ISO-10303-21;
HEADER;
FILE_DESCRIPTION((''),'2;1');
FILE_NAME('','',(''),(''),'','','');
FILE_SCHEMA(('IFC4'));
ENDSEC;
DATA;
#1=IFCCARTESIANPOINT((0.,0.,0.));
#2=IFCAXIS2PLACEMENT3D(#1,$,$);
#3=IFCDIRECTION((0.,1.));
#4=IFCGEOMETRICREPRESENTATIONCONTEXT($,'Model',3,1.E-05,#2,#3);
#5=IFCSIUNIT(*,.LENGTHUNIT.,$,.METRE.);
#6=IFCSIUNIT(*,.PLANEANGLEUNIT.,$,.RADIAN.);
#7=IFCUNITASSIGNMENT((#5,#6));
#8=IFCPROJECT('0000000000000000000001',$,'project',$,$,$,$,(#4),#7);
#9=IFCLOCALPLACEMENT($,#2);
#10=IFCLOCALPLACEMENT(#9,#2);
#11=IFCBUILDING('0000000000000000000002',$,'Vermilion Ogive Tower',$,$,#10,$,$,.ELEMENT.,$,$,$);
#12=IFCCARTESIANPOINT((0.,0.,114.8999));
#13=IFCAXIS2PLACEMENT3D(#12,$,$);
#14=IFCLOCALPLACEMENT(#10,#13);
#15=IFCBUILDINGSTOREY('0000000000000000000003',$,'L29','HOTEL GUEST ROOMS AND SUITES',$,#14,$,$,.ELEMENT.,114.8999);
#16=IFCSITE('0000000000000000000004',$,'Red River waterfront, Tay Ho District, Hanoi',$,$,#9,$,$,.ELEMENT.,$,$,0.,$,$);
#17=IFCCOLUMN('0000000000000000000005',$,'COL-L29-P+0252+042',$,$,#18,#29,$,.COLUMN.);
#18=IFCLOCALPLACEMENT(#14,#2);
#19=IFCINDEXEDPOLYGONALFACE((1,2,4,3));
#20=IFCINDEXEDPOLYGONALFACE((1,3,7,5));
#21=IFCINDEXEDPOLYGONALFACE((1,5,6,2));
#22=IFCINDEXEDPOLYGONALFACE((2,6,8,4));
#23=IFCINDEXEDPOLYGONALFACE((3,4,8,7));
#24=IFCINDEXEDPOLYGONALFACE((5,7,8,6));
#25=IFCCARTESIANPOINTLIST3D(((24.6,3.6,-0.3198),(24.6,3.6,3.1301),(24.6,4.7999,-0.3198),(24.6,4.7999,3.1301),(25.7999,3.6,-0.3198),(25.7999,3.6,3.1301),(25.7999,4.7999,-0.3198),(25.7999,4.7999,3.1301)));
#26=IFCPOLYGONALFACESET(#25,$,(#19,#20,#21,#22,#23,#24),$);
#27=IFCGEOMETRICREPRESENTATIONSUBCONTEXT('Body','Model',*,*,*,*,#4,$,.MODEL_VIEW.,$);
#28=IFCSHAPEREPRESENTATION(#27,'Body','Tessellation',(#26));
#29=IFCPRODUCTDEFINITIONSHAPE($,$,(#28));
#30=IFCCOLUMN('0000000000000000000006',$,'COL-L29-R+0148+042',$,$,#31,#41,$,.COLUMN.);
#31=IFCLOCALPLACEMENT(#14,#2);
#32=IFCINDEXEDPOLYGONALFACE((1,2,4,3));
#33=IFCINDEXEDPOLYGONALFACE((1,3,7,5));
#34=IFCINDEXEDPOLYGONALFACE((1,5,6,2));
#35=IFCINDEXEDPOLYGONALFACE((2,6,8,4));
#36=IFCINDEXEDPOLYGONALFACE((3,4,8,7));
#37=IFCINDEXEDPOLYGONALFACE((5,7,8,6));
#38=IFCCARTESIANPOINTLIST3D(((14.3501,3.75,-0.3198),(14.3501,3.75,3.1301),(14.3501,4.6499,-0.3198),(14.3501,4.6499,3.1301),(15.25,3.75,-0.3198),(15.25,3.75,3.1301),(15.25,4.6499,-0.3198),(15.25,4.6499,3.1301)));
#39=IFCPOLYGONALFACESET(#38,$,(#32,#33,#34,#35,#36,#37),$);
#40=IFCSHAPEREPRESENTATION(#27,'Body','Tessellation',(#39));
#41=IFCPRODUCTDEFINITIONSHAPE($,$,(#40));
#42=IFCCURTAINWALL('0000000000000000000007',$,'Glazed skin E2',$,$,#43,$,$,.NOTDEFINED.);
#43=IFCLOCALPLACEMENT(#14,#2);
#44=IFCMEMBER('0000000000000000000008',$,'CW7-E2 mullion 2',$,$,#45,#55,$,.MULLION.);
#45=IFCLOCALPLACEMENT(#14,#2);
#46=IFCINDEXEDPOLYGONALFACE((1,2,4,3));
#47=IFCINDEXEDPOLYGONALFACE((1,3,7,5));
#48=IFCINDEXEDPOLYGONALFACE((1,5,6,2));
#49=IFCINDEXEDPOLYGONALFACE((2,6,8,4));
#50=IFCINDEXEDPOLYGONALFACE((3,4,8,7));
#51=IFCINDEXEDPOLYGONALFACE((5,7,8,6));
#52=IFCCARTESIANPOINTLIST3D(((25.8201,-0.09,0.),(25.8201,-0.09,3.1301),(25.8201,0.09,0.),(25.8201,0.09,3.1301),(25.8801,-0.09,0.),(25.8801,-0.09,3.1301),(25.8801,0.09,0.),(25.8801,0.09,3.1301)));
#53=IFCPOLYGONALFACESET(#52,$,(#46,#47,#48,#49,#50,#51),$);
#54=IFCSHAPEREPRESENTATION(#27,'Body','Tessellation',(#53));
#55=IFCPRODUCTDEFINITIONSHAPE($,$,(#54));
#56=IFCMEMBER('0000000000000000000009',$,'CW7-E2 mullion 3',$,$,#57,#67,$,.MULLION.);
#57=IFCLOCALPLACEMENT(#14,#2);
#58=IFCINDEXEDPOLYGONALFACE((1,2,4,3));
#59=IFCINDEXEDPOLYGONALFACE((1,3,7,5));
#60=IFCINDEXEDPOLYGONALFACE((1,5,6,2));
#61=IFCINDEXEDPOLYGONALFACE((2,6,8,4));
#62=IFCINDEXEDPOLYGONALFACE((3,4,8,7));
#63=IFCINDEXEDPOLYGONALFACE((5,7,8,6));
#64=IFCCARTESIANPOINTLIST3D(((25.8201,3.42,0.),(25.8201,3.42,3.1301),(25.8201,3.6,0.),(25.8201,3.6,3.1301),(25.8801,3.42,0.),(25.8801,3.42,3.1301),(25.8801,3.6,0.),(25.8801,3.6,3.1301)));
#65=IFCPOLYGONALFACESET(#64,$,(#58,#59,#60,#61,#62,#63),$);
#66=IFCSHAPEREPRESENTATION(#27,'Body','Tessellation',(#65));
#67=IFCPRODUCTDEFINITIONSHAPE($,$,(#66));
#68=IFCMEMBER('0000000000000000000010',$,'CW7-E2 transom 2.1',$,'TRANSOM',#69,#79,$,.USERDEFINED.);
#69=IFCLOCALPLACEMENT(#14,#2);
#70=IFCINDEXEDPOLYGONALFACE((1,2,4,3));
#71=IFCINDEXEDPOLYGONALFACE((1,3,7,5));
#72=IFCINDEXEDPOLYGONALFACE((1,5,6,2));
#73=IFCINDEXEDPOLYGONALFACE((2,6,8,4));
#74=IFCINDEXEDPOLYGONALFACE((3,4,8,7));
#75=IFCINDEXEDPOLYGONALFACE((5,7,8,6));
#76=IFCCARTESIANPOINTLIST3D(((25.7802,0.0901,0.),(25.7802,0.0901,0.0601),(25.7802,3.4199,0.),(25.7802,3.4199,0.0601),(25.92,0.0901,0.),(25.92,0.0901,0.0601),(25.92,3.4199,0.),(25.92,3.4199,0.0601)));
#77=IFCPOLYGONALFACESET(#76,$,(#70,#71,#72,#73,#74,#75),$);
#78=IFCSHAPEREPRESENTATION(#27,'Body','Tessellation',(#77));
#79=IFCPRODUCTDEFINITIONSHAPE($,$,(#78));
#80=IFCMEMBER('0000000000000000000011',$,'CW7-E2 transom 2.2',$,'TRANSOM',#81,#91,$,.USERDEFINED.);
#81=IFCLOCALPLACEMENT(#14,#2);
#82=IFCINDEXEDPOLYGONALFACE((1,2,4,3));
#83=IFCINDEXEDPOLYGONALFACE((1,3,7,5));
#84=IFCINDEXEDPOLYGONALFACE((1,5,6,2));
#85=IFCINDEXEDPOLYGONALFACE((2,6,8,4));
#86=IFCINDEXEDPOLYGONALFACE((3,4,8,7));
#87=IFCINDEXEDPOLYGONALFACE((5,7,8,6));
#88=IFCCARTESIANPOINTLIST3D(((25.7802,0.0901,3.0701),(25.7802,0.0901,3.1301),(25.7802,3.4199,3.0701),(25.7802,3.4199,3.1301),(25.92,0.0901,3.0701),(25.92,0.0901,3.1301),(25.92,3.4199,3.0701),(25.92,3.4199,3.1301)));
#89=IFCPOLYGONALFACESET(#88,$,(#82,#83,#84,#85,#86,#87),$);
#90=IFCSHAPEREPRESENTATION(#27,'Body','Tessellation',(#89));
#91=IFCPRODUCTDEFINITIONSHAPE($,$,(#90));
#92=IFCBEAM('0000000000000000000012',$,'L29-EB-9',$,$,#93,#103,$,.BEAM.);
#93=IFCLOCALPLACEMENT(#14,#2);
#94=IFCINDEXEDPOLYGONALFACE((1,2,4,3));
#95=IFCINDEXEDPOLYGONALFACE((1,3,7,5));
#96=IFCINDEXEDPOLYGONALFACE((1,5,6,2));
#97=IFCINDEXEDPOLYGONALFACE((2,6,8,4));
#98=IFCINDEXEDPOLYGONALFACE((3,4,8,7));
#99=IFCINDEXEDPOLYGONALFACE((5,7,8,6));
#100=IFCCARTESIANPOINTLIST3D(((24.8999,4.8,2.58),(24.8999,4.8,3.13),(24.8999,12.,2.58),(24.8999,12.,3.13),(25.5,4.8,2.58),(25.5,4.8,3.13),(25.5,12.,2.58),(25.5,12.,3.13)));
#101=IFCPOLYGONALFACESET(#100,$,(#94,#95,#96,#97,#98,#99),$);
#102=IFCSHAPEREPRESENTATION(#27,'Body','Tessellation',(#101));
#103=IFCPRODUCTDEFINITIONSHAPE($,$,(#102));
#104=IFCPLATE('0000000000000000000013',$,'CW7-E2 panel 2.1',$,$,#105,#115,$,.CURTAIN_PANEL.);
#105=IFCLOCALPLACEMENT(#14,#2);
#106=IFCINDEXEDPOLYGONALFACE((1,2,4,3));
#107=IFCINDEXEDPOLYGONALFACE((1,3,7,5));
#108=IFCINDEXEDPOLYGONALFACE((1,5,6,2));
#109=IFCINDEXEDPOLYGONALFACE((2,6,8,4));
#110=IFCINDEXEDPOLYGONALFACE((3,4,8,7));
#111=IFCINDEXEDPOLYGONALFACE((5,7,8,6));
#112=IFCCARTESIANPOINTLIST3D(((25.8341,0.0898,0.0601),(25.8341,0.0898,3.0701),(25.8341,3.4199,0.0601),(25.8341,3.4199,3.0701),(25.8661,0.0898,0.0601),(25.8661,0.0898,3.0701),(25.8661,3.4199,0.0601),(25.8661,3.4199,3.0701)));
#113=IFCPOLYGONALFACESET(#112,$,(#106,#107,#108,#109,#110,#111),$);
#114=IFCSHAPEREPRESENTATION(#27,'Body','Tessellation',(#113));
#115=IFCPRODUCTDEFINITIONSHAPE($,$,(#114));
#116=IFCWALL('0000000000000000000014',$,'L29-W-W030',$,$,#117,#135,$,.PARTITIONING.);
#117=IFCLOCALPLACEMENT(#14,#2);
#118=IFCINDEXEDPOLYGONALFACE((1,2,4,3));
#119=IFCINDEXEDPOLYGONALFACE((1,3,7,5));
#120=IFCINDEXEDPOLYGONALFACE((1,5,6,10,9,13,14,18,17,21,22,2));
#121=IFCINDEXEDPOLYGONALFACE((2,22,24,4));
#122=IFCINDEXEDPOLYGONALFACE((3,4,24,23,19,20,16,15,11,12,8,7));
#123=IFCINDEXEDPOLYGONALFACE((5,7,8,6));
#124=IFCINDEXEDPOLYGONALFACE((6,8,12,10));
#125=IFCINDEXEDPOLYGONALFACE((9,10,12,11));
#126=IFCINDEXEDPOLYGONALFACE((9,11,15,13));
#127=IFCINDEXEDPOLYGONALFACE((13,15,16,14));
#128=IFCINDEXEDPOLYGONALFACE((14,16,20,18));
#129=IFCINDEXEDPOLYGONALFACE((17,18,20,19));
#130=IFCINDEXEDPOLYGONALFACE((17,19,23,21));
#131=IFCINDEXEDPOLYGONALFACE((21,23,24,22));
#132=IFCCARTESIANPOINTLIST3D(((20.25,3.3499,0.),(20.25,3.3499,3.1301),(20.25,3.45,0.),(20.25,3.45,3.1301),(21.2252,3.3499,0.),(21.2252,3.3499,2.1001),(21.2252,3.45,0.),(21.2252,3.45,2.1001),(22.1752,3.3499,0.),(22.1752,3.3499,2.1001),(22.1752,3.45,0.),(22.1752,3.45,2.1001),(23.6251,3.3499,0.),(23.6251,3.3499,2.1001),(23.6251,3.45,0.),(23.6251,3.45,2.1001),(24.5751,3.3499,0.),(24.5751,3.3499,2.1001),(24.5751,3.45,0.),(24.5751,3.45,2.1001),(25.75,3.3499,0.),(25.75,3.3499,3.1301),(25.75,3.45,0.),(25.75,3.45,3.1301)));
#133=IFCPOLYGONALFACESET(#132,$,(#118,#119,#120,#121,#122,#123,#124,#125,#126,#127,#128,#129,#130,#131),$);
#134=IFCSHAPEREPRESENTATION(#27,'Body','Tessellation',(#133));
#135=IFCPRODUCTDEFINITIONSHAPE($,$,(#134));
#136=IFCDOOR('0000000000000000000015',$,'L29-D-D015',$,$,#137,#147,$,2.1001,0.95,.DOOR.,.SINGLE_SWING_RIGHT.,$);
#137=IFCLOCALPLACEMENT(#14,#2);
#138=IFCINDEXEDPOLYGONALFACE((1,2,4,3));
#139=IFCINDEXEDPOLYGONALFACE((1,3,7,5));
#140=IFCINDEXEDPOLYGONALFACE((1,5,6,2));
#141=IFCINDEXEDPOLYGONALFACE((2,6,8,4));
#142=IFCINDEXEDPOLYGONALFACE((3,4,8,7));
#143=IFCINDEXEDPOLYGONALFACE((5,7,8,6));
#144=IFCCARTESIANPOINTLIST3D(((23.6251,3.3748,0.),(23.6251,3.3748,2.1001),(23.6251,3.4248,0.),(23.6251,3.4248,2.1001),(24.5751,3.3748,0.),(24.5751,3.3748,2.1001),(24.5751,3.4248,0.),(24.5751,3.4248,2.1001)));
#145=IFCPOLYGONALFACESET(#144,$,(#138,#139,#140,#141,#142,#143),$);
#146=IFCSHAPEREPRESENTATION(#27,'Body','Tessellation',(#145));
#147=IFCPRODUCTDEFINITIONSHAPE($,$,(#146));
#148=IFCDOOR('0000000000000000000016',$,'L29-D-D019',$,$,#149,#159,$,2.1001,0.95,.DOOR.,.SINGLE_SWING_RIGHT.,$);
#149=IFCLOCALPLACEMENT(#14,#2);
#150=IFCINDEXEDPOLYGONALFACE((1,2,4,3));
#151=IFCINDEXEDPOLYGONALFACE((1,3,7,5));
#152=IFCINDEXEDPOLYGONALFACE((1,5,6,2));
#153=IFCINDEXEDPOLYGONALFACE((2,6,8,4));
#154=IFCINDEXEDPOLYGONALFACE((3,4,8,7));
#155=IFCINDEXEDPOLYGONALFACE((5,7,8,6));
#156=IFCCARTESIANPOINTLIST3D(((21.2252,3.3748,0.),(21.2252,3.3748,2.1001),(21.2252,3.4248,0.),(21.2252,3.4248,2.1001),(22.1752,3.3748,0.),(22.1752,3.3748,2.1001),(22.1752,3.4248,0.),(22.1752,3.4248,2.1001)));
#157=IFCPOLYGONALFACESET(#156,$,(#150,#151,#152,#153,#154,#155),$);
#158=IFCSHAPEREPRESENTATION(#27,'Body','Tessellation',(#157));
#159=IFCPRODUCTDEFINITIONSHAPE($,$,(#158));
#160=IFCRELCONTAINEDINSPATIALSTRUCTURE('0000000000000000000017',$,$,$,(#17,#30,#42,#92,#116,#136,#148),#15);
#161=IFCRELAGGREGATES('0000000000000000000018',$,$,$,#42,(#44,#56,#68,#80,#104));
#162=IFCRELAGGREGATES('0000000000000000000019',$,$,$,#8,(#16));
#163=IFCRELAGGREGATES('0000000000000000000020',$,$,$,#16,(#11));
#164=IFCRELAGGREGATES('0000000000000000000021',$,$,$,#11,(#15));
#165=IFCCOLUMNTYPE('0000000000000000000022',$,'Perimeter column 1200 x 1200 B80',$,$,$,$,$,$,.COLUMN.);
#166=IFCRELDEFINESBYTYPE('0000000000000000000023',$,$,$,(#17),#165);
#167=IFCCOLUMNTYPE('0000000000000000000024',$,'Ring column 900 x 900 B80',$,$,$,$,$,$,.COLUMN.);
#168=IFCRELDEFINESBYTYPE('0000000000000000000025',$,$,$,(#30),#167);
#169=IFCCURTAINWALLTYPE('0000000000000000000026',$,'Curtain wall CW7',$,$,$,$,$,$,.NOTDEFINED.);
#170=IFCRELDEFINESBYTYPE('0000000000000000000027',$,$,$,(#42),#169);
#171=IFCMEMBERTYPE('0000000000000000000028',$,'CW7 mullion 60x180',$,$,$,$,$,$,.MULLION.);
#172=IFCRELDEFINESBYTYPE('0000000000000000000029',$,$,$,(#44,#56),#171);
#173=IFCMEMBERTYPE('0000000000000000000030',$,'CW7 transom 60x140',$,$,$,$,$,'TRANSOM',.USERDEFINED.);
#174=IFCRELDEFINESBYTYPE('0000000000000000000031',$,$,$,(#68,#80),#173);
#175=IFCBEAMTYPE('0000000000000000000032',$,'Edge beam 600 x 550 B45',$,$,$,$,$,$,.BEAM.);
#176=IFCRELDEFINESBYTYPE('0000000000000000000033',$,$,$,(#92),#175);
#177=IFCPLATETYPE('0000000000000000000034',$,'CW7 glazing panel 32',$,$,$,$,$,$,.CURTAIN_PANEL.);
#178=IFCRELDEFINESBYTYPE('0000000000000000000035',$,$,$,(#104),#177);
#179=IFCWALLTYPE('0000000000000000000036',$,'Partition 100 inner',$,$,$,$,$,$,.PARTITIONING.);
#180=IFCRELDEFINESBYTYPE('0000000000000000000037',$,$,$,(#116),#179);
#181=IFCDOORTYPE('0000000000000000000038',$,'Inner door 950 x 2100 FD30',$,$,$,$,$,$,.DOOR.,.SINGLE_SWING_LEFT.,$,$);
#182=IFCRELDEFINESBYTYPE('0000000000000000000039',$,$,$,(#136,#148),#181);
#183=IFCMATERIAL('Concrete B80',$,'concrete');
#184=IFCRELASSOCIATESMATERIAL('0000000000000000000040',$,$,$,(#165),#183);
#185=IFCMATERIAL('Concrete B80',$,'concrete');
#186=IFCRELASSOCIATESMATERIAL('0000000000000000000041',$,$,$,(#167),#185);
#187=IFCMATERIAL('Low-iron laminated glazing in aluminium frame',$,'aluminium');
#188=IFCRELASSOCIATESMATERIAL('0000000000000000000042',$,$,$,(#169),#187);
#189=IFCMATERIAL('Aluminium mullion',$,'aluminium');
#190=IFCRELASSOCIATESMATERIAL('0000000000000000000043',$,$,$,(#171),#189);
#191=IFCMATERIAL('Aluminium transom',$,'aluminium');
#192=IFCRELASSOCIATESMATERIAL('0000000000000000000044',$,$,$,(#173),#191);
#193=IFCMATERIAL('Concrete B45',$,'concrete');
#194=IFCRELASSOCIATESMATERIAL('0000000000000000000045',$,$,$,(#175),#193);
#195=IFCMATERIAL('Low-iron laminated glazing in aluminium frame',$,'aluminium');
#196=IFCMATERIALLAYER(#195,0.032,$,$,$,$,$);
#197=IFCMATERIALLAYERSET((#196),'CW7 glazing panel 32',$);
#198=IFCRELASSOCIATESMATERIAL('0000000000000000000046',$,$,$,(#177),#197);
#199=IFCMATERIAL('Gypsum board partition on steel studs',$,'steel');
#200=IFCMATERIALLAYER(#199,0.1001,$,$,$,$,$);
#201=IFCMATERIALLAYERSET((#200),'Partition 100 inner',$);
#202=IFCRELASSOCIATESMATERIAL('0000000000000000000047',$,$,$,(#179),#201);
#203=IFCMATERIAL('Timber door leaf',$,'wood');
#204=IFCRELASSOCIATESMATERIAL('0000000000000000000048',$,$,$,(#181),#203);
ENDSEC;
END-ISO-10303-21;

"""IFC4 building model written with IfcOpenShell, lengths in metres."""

from ifc_helpers import new_model, si_unit, direction, frame, frame_2d, origin, origin_2d, place, context, subcontext, project, spatial, rectangle, extrude, material, layer, layer_set, material_profile, profile_set, type_object, element, fill, aggregate, save


model = new_model("IFC4")

# Units and contexts
model_context = context("Model", 3, precision=1e-05, world=origin(), true_north=direction((0.0, 1.0)))
body_context = subcontext(model_context, "Body", "Model", "MODEL_VIEW")
ifc_project = project(units=[si_unit("LENGTHUNIT", "METRE"), si_unit("PLANEANGLEUNIT", "RADIAN")], contexts=[model_context])

# Site, building, storey
site_placement = place(None, origin())
site = spatial("IfcSite", under=ifc_project, at=site_placement, Name="Red River waterfront, Tay Ho District, Hanoi", CompositionType="ELEMENT", RefElevation=0.0)
building_placement = place(site_placement, origin())
building = spatial("IfcBuilding", under=site, at=building_placement, Name="Vermilion Ogive Tower", CompositionType="ELEMENT")
storey_placement = place(building_placement, frame((0.0, 0.0, 114.8999)))
storey = spatial("IfcBuildingStorey", under=building, at=storey_placement, Name="L29", Description="HOTEL GUEST ROOMS AND SUITES", CompositionType="ELEMENT", Elevation=114.8999)

# Columns
ifc_material_1 = material(Name="Concrete B80", Category="concrete")
ifc_material_profile_1 = material_profile(ifc_material_1, rectangle(XDim=1.2, YDim=1.2, at=origin_2d()), Name="1200 x 1200")
ifc_profile_set_1 = profile_set([ifc_material_profile_1], Name="Concrete B80")
column_type_1 = type_object("IfcColumnType", Name="Perimeter column 1200 x 1200 B80", PredefinedType="COLUMN", material=ifc_profile_set_1)
column_1_placement = place(storey_placement, frame((25.2, 4.2, -0.3198), z_axis=(0.0, 0.0, 1.0), x_axis=(1.0, 0.0, 0.0)))
element("IfcColumn", 1, at=column_1_placement, inside=storey, type_object=column_type_1, Name="COL-L29-P+0252+042", PredefinedType="COLUMN", context=body_context, shape_type="SweptSolid", body=[
    extrude(rectangle(XDim=1.2, YDim=1.2, at=origin_2d()), origin(), (0.0, 0.0, 1.0), 3.45),
])
ifc_material_2 = material(Name="Concrete B80", Category="concrete")
ifc_material_profile_2 = material_profile(ifc_material_2, rectangle(XDim=0.8999, YDim=0.8999, at=origin_2d()), Name="900 x 900")
ifc_profile_set_2 = profile_set([ifc_material_profile_2], Name="Concrete B80")
column_type_2 = type_object("IfcColumnType", Name="Ring column 900 x 900 B80", PredefinedType="COLUMN", material=ifc_profile_set_2)
column_2_placement = place(storey_placement, frame((14.8, 4.2, -0.3198), z_axis=(0.0, 0.0, 1.0), x_axis=(1.0, 0.0, 0.0)))
element("IfcColumn", 2, at=column_2_placement, inside=storey, type_object=column_type_2, Name="COL-L29-R+0148+042", PredefinedType="COLUMN", context=body_context, shape_type="SweptSolid", body=[
    extrude(rectangle(XDim=0.8999, YDim=0.8999, at=origin_2d()), origin(), (0.0, 0.0, 1.0), 3.45),
])

# Curtain wall, members
ifc_material_3 = material(Name="Low-iron laminated glazing in aluminium frame", Category="aluminium")
curtain_wall_type = type_object("IfcCurtainWallType", Name="Curtain wall CW7", PredefinedType="NOTDEFINED", material=ifc_material_3)
curtain_wall_placement = place(storey_placement, origin())
curtain_wall = element("IfcCurtainWall", 3, at=curtain_wall_placement, inside=storey, type_object=curtain_wall_type, Name="Glazed skin E2", PredefinedType="NOTDEFINED")
ifc_material_4 = material(Name="Aluminium mullion", Category="aluminium")
ifc_material_profile_3 = material_profile(ifc_material_4, rectangle(XDim=0.0601, YDim=0.1799, at=origin_2d()), Name="AL 60x180")
ifc_profile_set_3 = profile_set([ifc_material_profile_3], Name="Aluminium mullion")
member_type_1 = type_object("IfcMemberType", Name="CW7 mullion 60x180", PredefinedType="MULLION", material=ifc_profile_set_3)
member_1_placement = place(storey_placement, frame((25.8501, 0.0, 0.0), z_axis=(0.0, 0.0, 1.0), x_axis=(-1.0, 0.0, 0.0)))
member_1 = element("IfcMember", 4, at=member_1_placement, type_object=member_type_1, Name="CW7-E2 mullion 2", PredefinedType="MULLION", context=body_context, shape_type="SweptSolid", body=[
    extrude(rectangle(XDim=0.0601, YDim=0.1799, at=origin_2d()), origin(), (0.0, 0.0, 1.0), 3.1301),
])
member_2_placement = place(storey_placement, frame((25.8501, 3.51, 0.0), z_axis=(0.0, 0.0, 1.0), x_axis=(-1.0, 0.0, 0.0)))
member_2 = element("IfcMember", 5, at=member_2_placement, type_object=member_type_1, Name="CW7-E2 mullion 3", PredefinedType="MULLION", context=body_context, shape_type="SweptSolid", body=[
    extrude(rectangle(XDim=0.0601, YDim=0.1799, at=origin_2d()), origin(), (0.0, 0.0, 1.0), 3.1301),
])
ifc_material_5 = material(Name="Aluminium transom", Category="aluminium")
ifc_material_profile_4 = material_profile(ifc_material_5, rectangle(XDim=0.1399, YDim=0.0601, at=origin_2d()), Name="AL 60x140")
ifc_profile_set_4 = profile_set([ifc_material_profile_4], Name="Aluminium transom")
member_type_2 = type_object("IfcMemberType", Name="CW7 transom 60x140", ElementType="TRANSOM", PredefinedType="USERDEFINED", material=ifc_profile_set_4)
member_3_placement = place(storey_placement, frame((25.8501, 0.0901, 0.03), z_axis=(0.0, 1.0, 0.0), x_axis=(-1.0, 0.0, 0.0)))
member_3 = element("IfcMember", 6, at=member_3_placement, type_object=member_type_2, Name="CW7-E2 transom 2.1", ObjectType="TRANSOM", PredefinedType="USERDEFINED", context=body_context, shape_type="SweptSolid", body=[
    extrude(rectangle(XDim=0.1399, YDim=0.0601, at=origin_2d()), origin(), (0.0, 0.0, 1.0), 3.3298),
])
member_4_placement = place(storey_placement, frame((25.8501, 0.0901, 3.1001), z_axis=(0.0, 1.0, 0.0), x_axis=(-1.0, 0.0, 0.0)))
member_4 = element("IfcMember", 7, at=member_4_placement, type_object=member_type_2, Name="CW7-E2 transom 2.2", ObjectType="TRANSOM", PredefinedType="USERDEFINED", context=body_context, shape_type="SweptSolid", body=[
    extrude(rectangle(XDim=0.1399, YDim=0.0601, at=origin_2d()), origin(), (0.0, 0.0, 1.0), 3.3298),
])

# Beam
ifc_material_6 = material(Name="Concrete B45", Category="concrete")
ifc_material_profile_5 = material_profile(ifc_material_6, rectangle(XDim=0.6001, YDim=0.55, at=origin_2d()), Name="600 x 550")
ifc_profile_set_5 = profile_set([ifc_material_profile_5], Name="Concrete B45")
beam_type = type_object("IfcBeamType", Name="Edge beam 600 x 550 B45", PredefinedType="BEAM", material=ifc_profile_set_5)
beam_placement = place(storey_placement, frame((25.2, 4.8, 2.855), z_axis=(0.0, 1.0, 0.0), x_axis=(-1.0, 0.0, 0.0)))
element("IfcBeam", 8, at=beam_placement, inside=storey, type_object=beam_type, Name="L29-EB-9", PredefinedType="BEAM", context=body_context, shape_type="SweptSolid", body=[
    extrude(rectangle(XDim=0.6001, YDim=0.55, at=origin_2d()), origin(), (0.0, 0.0, 1.0), 7.2),
])

# Plate
ifc_material_7 = material(Name="Low-iron laminated glazing in aluminium frame", Category="aluminium")
ifc_layer_1 = layer(ifc_material_7, 0.032)
ifc_layer_set_1 = layer_set([ifc_layer_1], Name="CW7 glazing panel 32")
plate_type = type_object("IfcPlateType", Name="CW7 glazing panel 32", PredefinedType="CURTAIN_PANEL", material=ifc_layer_set_1)
plate_placement = place(storey_placement, frame((25.8501, 1.7549, 0.0601), z_axis=(0.0, 0.0, 1.0), x_axis=(0.0, 1.0, 0.0)))
plate = element("IfcPlate", 9, at=plate_placement, type_object=plate_type, Name="CW7-E2 panel 2.1", PredefinedType="CURTAIN_PANEL", context=body_context, shape_type="SweptSolid", body=[
    extrude(rectangle(XDim=3.3301, YDim=0.032, at=origin_2d()), origin(), (0.0, 0.0, 1.0), 3.01),
])
aggregate(curtain_wall, [member_1, member_2, member_3, member_4, plate])

# Wall, openings, doors
ifc_material_8 = material(Name="Gypsum board partition on steel studs", Category="steel")
ifc_layer_2 = layer(ifc_material_8, 0.1001)
ifc_layer_set_2 = layer_set([ifc_layer_2], Name="Partition 100 inner")
wall_type_1 = type_object("IfcWallType", Name="Partition 100 inner", PredefinedType="PARTITIONING", material=ifc_layer_set_2)
wall_1_placement = place(storey_placement, frame((20.25, 3.3999, 0.0), z_axis=(0.0, 0.0, 1.0), x_axis=(1.0, 0.0, 0.0)))
wall_1 = element("IfcWall", 10, at=wall_1_placement, inside=storey, type_object=wall_type_1, Name="L29-W-W030", PredefinedType="PARTITIONING", context=body_context, shape_type="SweptSolid", body=[
    extrude(rectangle(XDim=5.5, YDim=0.1001, at=frame_2d((2.75, 0.0))), origin(), (0.0, 0.0, 1.0), 3.1301),
])
opening_1_placement = place(wall_1_placement, frame((3.375, 0.0, 0.0)))
opening_1 = element("IfcOpeningElement", 11, at=opening_1_placement, cuts=wall_1, PredefinedType="OPENING", context=body_context, shape_type="SweptSolid", body=[
    extrude(rectangle(XDim=0.95, YDim=2.1001, at=frame_2d((0.4751, 1.05))), frame((0.0, 0.0601, 0.0), z_axis=(0.0, -1.0, 0.0), x_axis=(1.0, 0.0, 0.0)), (0.0, 0.0, 1.0), 0.1201),
])
opening_2_placement = place(wall_1_placement, frame((0.9751, 0.0, 0.0)))
opening_2 = element("IfcOpeningElement", 12, at=opening_2_placement, cuts=wall_1, PredefinedType="OPENING", context=body_context, shape_type="SweptSolid", body=[
    extrude(rectangle(XDim=0.95, YDim=2.1001, at=frame_2d((0.4751, 1.05))), frame((0.0, 0.0601, 0.0), z_axis=(0.0, -1.0, 0.0), x_axis=(1.0, 0.0, 0.0)), (0.0, 0.0, 1.0), 0.1201),
])
ifc_material_9 = material(Name="Timber door leaf", Category="wood")
door_type_1 = type_object("IfcDoorType", Name="Inner door 950 x 2100 FD30", OperationType="SINGLE_SWING_LEFT", PredefinedType="DOOR", material=ifc_material_9)
door_1_placement = place(opening_1_placement, origin())
door_1 = element("IfcDoor", 13, at=door_1_placement, inside=storey, type_object=door_type_1, Name="L29-D-D015", OperationType="SINGLE_SWING_RIGHT", OverallHeight=2.1001, OverallWidth=0.95, PredefinedType="DOOR", context=body_context, shape_type="SweptSolid", body=[
    extrude(rectangle(XDim=0.95, YDim=2.1001, at=frame_2d((0.4751, 1.05))), frame((0.0, 0.0249, 0.0), z_axis=(0.0, -1.0, 0.0), x_axis=(1.0, 0.0, 0.0)), (0.0, 0.0, 1.0), 0.05),
])
fill(opening_1, door_1)
door_2_placement = place(opening_2_placement, origin())
door_2 = element("IfcDoor", 14, at=door_2_placement, inside=storey, type_object=door_type_1, Name="L29-D-D019", OperationType="SINGLE_SWING_RIGHT", OverallHeight=2.1001, OverallWidth=0.95, PredefinedType="DOOR", context=body_context, shape_type="SweptSolid", body=[
    extrude(rectangle(XDim=0.95, YDim=2.1001, at=frame_2d((0.4751, 1.05))), frame((0.0, 0.0249, 0.0), z_axis=(0.0, -1.0, 0.0), x_axis=(1.0, 0.0, 0.0)), (0.0, 0.0, 1.0), 0.05),
])
fill(opening_2, door_2)

save(model, "model.ifc")
